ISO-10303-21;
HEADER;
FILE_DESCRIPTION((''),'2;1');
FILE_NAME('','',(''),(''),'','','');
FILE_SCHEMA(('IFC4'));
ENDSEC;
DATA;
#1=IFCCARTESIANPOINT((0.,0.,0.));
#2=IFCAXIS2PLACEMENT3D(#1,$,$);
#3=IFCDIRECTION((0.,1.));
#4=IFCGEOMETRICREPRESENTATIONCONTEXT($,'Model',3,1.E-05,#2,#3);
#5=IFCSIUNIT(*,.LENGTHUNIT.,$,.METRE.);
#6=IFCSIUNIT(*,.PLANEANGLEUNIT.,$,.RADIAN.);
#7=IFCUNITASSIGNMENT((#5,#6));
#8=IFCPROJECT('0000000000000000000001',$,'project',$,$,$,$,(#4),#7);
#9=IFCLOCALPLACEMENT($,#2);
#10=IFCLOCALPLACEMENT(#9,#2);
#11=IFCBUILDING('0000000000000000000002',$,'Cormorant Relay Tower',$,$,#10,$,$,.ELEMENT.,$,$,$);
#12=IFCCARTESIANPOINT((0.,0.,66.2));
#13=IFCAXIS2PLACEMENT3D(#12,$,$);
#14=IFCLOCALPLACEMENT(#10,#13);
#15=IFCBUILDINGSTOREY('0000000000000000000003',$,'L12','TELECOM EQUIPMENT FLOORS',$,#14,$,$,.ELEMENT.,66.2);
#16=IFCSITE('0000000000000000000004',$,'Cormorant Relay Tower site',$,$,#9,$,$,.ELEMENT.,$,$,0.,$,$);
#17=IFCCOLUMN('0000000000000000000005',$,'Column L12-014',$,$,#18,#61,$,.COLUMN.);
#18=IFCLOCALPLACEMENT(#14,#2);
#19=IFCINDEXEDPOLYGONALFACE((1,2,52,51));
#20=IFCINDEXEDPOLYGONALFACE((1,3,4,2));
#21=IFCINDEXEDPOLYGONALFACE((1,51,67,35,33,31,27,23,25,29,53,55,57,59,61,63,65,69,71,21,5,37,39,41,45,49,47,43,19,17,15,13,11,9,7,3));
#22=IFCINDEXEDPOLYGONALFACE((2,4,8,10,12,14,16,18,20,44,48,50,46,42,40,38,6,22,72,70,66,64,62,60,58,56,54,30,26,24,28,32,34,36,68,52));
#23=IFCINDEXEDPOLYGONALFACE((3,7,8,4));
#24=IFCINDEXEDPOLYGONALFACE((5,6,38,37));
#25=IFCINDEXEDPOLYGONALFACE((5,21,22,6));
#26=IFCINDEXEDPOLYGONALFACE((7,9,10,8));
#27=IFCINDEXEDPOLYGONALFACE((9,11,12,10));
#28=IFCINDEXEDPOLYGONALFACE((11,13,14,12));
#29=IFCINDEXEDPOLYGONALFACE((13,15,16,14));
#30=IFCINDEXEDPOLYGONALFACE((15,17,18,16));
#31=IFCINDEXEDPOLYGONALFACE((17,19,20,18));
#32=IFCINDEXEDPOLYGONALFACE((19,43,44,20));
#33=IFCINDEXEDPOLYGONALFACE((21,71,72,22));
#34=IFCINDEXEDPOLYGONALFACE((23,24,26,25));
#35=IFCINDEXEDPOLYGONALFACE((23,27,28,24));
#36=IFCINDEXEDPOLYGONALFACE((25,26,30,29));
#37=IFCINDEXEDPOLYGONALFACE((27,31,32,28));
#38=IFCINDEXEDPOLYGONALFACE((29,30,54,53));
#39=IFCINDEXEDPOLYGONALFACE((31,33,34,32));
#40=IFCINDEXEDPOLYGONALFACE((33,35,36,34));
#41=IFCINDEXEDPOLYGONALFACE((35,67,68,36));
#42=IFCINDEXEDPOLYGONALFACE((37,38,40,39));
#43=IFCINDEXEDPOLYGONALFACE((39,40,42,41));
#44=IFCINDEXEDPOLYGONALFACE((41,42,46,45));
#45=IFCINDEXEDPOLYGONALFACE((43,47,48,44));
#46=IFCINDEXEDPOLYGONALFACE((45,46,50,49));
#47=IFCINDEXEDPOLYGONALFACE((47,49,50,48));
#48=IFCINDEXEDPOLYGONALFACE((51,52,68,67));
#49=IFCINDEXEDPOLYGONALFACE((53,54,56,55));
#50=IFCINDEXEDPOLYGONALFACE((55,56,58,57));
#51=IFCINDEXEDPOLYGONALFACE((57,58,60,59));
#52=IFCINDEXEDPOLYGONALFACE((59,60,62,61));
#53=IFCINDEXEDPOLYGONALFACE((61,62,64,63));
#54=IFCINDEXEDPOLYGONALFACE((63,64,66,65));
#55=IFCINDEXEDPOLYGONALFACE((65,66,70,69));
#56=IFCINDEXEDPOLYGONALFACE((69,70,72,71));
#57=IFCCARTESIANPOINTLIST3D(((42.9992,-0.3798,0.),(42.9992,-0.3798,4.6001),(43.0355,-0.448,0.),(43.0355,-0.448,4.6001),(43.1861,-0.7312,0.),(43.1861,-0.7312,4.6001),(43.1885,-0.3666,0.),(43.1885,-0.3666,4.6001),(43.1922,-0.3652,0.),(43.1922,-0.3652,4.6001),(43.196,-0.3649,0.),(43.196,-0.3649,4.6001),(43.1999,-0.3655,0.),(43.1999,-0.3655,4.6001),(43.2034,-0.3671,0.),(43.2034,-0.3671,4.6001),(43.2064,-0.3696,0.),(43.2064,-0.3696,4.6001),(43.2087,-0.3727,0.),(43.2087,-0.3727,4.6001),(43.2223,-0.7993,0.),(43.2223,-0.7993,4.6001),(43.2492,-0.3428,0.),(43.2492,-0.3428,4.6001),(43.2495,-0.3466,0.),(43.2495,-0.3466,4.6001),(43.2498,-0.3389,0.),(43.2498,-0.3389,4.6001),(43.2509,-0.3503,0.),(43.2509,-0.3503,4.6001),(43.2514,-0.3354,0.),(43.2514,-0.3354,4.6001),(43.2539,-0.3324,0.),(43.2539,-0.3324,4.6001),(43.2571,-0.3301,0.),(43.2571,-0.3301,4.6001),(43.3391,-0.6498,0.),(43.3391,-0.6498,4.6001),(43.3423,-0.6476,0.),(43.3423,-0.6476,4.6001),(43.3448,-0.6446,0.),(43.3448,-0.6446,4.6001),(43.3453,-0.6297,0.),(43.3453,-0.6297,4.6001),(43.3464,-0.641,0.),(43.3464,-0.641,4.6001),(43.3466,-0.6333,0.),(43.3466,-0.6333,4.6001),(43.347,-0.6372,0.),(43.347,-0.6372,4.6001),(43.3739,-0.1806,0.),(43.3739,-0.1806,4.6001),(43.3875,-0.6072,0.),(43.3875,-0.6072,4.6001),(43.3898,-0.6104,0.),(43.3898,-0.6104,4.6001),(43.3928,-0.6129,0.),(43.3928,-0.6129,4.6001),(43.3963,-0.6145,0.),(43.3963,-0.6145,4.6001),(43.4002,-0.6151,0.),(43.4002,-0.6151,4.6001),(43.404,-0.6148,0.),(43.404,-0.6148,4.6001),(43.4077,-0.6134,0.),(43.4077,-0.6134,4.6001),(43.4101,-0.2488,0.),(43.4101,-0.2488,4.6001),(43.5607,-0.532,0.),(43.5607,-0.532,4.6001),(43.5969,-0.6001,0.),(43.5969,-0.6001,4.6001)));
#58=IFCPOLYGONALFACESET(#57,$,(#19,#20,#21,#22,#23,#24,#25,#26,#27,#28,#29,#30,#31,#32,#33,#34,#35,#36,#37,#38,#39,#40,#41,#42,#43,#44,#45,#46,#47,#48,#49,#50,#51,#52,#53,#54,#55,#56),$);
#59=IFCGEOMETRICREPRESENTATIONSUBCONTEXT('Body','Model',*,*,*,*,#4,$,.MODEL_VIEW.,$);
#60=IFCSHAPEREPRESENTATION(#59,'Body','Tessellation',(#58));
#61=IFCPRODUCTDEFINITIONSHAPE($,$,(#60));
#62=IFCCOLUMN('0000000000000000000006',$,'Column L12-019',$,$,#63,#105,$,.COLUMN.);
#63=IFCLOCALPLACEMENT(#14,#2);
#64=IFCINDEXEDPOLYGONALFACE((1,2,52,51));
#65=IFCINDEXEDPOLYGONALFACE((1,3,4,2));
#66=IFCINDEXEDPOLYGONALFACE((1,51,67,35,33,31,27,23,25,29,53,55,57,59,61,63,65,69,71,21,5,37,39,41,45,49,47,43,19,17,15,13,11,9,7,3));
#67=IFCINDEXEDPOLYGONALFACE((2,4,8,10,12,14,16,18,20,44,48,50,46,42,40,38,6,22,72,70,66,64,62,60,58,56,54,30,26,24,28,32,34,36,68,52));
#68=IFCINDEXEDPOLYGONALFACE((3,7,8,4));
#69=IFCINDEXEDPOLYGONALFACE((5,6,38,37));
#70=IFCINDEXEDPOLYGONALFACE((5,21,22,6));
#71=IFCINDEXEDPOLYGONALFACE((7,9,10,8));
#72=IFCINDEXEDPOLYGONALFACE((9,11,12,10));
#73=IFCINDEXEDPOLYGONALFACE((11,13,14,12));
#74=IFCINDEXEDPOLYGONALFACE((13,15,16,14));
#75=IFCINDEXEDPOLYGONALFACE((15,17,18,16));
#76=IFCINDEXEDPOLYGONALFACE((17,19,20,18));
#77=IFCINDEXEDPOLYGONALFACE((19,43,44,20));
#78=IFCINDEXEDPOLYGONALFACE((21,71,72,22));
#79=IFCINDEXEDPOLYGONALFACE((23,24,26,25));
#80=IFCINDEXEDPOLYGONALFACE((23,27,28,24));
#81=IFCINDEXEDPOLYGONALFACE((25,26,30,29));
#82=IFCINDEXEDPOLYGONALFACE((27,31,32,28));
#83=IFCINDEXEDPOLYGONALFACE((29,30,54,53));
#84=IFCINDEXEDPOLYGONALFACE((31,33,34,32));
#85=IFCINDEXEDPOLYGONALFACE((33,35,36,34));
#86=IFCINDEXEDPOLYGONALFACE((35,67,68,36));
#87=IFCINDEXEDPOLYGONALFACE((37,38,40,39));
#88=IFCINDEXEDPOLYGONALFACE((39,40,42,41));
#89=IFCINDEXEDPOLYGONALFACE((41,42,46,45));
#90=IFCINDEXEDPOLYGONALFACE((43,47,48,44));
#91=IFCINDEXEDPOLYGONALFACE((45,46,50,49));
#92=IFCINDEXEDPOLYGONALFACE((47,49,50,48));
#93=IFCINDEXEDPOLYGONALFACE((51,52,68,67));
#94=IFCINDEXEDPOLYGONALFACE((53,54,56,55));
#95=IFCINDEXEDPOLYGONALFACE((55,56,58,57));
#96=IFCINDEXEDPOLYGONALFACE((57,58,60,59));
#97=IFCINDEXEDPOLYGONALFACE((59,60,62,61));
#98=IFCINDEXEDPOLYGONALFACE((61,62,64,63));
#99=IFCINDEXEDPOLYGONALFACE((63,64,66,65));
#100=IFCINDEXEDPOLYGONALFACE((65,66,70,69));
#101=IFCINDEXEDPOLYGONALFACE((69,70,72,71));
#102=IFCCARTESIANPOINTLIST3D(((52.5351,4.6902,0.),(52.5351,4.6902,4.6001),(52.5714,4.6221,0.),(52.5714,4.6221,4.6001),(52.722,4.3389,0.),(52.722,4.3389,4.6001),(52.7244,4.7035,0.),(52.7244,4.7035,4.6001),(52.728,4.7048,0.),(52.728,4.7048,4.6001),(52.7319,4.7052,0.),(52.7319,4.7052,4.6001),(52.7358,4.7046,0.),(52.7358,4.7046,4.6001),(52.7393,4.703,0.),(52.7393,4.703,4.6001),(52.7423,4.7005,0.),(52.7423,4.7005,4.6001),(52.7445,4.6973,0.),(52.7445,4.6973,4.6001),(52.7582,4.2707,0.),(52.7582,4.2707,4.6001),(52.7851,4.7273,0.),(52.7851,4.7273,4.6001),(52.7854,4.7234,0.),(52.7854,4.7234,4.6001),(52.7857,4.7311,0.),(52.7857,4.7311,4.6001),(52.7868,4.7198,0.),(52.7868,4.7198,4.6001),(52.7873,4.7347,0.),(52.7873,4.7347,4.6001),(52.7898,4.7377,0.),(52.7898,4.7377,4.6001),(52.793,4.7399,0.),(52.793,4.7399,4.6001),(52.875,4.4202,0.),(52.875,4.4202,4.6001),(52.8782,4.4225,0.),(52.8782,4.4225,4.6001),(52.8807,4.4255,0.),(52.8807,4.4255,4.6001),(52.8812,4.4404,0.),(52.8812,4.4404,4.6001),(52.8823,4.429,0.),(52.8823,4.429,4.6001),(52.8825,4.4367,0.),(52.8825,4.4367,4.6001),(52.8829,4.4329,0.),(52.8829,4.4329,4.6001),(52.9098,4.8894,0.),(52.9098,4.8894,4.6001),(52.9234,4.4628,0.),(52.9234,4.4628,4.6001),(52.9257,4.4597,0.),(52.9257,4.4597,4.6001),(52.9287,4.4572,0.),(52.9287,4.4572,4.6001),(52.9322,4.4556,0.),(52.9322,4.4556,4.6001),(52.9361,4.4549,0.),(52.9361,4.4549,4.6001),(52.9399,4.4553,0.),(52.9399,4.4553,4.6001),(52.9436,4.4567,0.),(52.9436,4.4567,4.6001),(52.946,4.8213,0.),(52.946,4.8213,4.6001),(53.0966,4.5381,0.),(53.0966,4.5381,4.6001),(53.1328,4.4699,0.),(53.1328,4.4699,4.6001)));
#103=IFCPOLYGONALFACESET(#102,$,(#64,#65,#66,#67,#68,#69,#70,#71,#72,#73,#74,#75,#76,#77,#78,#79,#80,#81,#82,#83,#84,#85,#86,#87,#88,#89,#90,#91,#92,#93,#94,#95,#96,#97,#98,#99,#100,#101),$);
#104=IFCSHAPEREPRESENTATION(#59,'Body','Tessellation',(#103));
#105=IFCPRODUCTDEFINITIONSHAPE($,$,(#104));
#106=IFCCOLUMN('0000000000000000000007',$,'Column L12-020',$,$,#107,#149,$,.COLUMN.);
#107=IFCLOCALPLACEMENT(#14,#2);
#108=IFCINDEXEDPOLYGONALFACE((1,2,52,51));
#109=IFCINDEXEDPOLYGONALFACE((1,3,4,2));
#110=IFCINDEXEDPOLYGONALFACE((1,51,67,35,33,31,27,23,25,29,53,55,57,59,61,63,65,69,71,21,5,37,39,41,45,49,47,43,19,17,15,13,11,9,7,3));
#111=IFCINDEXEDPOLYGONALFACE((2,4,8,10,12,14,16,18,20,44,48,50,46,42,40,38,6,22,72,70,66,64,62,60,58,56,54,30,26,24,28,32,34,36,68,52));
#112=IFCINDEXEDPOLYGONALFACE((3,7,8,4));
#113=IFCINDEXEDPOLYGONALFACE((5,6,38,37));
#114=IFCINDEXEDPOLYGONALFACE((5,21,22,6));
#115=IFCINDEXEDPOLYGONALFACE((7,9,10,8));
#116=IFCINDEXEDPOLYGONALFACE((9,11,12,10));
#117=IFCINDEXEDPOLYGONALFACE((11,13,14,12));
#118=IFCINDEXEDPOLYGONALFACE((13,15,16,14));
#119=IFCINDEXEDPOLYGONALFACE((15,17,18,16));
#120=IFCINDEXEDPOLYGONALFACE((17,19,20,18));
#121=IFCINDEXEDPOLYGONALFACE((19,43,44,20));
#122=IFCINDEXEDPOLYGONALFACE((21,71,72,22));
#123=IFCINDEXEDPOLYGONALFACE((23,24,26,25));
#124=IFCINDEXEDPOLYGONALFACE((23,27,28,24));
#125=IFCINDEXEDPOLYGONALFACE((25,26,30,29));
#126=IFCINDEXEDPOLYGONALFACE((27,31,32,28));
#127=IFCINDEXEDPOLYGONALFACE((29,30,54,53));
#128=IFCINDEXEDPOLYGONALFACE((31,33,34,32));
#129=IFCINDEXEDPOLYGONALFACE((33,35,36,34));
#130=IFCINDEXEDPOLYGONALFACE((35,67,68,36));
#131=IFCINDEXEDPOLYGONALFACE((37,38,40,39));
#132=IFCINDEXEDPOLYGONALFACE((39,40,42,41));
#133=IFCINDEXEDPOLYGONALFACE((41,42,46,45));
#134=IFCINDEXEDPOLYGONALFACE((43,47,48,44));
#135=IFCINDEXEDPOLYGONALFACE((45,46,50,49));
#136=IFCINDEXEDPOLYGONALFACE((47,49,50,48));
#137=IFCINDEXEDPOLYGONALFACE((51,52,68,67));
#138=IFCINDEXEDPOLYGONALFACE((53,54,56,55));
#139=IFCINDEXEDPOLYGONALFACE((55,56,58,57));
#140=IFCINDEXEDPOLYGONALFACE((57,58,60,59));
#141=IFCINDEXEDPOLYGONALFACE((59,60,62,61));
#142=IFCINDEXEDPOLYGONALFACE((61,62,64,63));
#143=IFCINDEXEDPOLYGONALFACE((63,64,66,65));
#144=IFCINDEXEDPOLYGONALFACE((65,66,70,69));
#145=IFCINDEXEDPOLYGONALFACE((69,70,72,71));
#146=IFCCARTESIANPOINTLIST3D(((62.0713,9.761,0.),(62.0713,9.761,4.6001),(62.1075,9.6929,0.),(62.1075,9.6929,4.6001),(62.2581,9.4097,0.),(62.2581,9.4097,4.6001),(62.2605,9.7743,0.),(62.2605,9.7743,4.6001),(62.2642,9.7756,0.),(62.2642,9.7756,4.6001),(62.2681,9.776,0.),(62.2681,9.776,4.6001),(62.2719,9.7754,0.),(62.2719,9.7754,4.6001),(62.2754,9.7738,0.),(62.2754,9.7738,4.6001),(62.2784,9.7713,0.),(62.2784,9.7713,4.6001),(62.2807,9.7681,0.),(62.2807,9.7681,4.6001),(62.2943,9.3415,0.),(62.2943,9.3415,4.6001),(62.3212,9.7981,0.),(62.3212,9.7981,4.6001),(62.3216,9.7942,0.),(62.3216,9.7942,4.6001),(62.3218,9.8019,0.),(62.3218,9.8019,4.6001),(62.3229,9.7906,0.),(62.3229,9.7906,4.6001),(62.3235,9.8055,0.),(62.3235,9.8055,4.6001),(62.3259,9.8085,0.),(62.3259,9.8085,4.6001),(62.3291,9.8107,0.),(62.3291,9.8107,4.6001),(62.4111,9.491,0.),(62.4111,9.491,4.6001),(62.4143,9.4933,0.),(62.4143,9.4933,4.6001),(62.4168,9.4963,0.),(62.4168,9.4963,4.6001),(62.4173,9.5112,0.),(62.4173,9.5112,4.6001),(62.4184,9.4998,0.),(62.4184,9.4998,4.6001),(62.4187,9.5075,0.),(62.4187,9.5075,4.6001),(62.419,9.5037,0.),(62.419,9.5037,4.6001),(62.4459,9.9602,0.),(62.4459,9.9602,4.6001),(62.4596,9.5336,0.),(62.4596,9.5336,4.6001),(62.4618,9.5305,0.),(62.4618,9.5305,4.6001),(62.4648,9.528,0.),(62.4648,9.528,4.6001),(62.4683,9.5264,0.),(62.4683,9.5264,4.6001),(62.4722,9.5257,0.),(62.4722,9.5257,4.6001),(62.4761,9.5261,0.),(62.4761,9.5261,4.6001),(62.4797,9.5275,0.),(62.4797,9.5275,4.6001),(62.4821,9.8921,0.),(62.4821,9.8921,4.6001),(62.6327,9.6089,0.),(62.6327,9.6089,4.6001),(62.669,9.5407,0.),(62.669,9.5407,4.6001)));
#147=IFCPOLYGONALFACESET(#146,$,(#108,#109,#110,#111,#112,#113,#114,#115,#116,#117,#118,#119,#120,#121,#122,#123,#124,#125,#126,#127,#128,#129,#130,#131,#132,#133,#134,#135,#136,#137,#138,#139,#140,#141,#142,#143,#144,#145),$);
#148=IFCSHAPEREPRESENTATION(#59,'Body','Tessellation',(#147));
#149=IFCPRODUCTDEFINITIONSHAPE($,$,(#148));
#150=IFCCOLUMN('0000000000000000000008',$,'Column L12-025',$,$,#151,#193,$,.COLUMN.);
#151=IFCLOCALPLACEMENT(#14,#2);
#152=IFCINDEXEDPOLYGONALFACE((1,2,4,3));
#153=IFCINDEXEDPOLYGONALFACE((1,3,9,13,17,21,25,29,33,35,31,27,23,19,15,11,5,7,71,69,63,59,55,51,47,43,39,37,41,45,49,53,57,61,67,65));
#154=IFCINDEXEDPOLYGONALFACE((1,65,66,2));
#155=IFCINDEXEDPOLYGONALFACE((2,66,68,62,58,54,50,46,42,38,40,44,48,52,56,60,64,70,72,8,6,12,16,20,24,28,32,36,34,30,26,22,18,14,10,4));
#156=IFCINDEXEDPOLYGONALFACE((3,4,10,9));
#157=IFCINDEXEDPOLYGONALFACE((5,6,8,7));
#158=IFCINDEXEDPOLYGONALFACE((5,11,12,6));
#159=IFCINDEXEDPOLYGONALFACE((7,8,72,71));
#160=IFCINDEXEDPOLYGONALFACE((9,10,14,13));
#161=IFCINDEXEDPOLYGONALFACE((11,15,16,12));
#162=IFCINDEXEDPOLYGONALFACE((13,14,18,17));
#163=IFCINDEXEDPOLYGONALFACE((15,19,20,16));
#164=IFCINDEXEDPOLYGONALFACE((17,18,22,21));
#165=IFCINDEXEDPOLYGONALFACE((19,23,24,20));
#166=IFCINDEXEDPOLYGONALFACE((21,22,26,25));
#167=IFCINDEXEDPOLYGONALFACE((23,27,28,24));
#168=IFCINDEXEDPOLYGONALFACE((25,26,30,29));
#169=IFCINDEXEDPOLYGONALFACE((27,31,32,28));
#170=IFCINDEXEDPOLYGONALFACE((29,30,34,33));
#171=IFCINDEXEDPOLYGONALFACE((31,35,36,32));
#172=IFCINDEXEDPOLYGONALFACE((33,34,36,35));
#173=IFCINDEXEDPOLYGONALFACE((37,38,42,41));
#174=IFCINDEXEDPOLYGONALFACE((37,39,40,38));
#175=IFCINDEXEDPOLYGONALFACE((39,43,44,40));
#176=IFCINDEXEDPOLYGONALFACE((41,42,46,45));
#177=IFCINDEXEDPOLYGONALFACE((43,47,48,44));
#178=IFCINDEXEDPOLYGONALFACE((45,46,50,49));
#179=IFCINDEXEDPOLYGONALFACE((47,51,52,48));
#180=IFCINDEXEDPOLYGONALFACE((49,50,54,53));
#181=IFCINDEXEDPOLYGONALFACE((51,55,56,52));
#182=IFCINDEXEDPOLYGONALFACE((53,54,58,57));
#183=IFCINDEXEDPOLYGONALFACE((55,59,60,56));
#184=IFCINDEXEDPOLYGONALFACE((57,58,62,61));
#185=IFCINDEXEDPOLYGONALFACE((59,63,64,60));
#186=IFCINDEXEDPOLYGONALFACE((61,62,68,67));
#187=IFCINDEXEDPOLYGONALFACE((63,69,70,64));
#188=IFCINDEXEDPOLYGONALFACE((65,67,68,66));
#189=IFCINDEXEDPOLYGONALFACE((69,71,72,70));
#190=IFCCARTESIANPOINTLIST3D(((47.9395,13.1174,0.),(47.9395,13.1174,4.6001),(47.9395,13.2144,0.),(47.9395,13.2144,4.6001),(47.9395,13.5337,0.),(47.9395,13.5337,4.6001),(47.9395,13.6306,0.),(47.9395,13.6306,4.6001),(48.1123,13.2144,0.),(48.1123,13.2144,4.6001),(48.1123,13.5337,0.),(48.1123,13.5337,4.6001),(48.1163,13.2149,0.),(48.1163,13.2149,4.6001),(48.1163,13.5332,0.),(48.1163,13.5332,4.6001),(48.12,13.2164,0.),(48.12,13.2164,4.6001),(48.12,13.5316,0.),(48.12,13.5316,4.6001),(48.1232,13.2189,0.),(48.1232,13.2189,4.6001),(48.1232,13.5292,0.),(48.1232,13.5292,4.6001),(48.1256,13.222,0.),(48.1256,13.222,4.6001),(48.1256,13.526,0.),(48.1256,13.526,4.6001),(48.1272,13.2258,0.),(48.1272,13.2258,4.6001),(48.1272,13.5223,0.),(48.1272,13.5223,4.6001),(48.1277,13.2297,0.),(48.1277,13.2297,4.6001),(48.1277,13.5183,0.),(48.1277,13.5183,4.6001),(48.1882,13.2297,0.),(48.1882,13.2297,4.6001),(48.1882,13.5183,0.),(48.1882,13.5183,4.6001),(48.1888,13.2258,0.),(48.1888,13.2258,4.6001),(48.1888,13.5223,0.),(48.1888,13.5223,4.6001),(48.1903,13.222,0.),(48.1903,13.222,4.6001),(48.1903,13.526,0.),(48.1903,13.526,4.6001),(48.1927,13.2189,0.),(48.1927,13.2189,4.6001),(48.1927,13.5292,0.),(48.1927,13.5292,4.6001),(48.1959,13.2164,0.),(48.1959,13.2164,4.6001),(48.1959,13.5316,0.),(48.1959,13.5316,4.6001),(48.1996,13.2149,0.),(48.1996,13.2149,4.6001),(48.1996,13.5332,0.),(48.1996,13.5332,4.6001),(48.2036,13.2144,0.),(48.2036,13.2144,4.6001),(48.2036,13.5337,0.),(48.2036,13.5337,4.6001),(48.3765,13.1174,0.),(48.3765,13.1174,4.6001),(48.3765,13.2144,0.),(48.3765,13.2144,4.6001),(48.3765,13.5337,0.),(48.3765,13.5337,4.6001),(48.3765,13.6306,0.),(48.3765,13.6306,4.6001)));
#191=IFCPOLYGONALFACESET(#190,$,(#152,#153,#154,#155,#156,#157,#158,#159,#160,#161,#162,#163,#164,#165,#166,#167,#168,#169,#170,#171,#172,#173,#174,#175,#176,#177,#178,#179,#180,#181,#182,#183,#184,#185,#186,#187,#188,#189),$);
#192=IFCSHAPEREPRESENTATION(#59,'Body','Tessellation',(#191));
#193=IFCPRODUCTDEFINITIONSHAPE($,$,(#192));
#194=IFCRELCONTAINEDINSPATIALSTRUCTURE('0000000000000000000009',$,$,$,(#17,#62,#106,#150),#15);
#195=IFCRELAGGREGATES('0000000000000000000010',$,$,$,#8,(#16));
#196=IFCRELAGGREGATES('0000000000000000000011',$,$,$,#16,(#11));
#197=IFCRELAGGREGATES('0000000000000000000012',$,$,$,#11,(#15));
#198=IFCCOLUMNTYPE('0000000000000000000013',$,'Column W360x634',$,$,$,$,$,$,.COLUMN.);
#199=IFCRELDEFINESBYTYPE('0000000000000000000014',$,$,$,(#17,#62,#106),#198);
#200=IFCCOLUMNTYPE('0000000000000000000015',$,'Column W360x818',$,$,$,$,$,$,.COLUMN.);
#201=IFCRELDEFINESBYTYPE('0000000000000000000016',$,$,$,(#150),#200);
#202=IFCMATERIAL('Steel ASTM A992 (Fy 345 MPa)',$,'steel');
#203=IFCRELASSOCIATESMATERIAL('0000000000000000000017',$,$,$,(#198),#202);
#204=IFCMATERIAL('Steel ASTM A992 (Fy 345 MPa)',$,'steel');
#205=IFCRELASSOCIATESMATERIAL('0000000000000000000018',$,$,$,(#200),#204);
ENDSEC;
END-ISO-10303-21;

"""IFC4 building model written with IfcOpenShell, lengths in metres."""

from ifc_helpers import new_model, si_unit, direction, frame, origin, origin_2d, place, context, subcontext, project, spatial, i_section, extrude, material, material_profile, profile_set, type_object, element, save


model = new_model("IFC4")

# Units and contexts
model_context = context("Model", 3, precision=1e-05, world=origin(), true_north=direction((0.0, 1.0)))
body_context = subcontext(model_context, "Body", "Model", "MODEL_VIEW")
ifc_project = project(units=[si_unit("LENGTHUNIT", "METRE"), si_unit("PLANEANGLEUNIT", "RADIAN")], contexts=[model_context])

# Site, building, storey
site_placement = place(None, origin())
site = spatial("IfcSite", under=ifc_project, at=site_placement, Name="Cormorant Relay Tower site", CompositionType="ELEMENT", RefElevation=0.0)
building_placement = place(site_placement, origin())
building = spatial("IfcBuilding", under=site, at=building_placement, Name="Cormorant Relay Tower", CompositionType="ELEMENT")
storey_placement = place(building_placement, frame((0.0, 0.0, 66.2)))
storey = spatial("IfcBuildingStorey", under=building, at=storey_placement, Name="L12", Description="TELECOM EQUIPMENT FLOORS", CompositionType="ELEMENT", Elevation=66.2)

# Columns
ifc_material_1 = material(Name="Steel ASTM A992 (Fy 345 MPa)", Category="steel")
ifc_material_profile_1 = material_profile(ifc_material_1, i_section(OverallWidth=0.4243, OverallDepth=0.4751, WebThickness=0.0479, FlangeThickness=0.0771, FilletRadius=0.0149, at=origin_2d()), Name="W360x634")
ifc_profile_set_1 = profile_set([ifc_material_profile_1], Name="Steel ASTM A992 (Fy 345 MPa)")
column_type_1 = type_object("IfcColumnType", Name="Column W360x634", PredefinedType="COLUMN", material=ifc_profile_set_1)
for number, where, z_axis, x_axis, name in (
    (1, (43.2981, -0.49, 0.0), (0.0, 0.0, 1.0), (0.882948, 0.469472, 0.0), "Column L12-014"),
    (2, (52.834, 4.5801, 0.0), (0.0, 0.0, 1.0), (0.882948, 0.469472, 0.0), "Column L12-019"),
    (3, (62.3701, 9.6509, 0.0), (0.0, 0.0, 1.0), (0.882948, 0.469472, 0.0), "Column L12-020"),
):
    element("IfcColumn", number, at=place(storey_placement, frame(where, z_axis=z_axis, x_axis=x_axis)), inside=storey, type_object=column_type_1, Name=name, PredefinedType="COLUMN", context=body_context, shape_type="SweptSolid", body=[
        extrude(i_section(OverallWidth=0.4243, OverallDepth=0.4751, WebThickness=0.0479, FlangeThickness=0.0771, FilletRadius=0.0149, at=origin_2d()), origin(), (0.0, 0.0, 1.0), 4.6001),
    ])
ifc_material_2 = material(Name="Steel ASTM A992 (Fy 345 MPa)", Category="steel")
ifc_material_profile_2 = material_profile(ifc_material_2, i_section(OverallWidth=0.437, OverallDepth=0.5132, WebThickness=0.0605, FlangeThickness=0.0969, FilletRadius=0.0154, at=origin_2d()), Name="W360x818")
ifc_profile_set_2 = profile_set([ifc_material_profile_2], Name="Steel ASTM A992 (Fy 345 MPa)")
column_type_2 = type_object("IfcColumnType", Name="Column W360x818", PredefinedType="COLUMN", material=ifc_profile_set_2)
for number, where, z_axis, x_axis, name in (
    (4, (48.158, 13.374, 0.0), (0.0, 0.0, 1.0), (1.0, 0.0, 0.0), "Column L12-025"),
):
    element("IfcColumn", number, at=place(storey_placement, frame(where, z_axis=z_axis, x_axis=x_axis)), inside=storey, type_object=column_type_2, Name=name, PredefinedType="COLUMN", context=body_context, shape_type="SweptSolid", body=[
        extrude(i_section(OverallWidth=0.437, OverallDepth=0.5132, WebThickness=0.0605, FlangeThickness=0.0969, FilletRadius=0.0154, at=origin_2d()), origin(), (0.0, 0.0, 1.0), 4.6001),
    ])

save(model, "model.ifc")
